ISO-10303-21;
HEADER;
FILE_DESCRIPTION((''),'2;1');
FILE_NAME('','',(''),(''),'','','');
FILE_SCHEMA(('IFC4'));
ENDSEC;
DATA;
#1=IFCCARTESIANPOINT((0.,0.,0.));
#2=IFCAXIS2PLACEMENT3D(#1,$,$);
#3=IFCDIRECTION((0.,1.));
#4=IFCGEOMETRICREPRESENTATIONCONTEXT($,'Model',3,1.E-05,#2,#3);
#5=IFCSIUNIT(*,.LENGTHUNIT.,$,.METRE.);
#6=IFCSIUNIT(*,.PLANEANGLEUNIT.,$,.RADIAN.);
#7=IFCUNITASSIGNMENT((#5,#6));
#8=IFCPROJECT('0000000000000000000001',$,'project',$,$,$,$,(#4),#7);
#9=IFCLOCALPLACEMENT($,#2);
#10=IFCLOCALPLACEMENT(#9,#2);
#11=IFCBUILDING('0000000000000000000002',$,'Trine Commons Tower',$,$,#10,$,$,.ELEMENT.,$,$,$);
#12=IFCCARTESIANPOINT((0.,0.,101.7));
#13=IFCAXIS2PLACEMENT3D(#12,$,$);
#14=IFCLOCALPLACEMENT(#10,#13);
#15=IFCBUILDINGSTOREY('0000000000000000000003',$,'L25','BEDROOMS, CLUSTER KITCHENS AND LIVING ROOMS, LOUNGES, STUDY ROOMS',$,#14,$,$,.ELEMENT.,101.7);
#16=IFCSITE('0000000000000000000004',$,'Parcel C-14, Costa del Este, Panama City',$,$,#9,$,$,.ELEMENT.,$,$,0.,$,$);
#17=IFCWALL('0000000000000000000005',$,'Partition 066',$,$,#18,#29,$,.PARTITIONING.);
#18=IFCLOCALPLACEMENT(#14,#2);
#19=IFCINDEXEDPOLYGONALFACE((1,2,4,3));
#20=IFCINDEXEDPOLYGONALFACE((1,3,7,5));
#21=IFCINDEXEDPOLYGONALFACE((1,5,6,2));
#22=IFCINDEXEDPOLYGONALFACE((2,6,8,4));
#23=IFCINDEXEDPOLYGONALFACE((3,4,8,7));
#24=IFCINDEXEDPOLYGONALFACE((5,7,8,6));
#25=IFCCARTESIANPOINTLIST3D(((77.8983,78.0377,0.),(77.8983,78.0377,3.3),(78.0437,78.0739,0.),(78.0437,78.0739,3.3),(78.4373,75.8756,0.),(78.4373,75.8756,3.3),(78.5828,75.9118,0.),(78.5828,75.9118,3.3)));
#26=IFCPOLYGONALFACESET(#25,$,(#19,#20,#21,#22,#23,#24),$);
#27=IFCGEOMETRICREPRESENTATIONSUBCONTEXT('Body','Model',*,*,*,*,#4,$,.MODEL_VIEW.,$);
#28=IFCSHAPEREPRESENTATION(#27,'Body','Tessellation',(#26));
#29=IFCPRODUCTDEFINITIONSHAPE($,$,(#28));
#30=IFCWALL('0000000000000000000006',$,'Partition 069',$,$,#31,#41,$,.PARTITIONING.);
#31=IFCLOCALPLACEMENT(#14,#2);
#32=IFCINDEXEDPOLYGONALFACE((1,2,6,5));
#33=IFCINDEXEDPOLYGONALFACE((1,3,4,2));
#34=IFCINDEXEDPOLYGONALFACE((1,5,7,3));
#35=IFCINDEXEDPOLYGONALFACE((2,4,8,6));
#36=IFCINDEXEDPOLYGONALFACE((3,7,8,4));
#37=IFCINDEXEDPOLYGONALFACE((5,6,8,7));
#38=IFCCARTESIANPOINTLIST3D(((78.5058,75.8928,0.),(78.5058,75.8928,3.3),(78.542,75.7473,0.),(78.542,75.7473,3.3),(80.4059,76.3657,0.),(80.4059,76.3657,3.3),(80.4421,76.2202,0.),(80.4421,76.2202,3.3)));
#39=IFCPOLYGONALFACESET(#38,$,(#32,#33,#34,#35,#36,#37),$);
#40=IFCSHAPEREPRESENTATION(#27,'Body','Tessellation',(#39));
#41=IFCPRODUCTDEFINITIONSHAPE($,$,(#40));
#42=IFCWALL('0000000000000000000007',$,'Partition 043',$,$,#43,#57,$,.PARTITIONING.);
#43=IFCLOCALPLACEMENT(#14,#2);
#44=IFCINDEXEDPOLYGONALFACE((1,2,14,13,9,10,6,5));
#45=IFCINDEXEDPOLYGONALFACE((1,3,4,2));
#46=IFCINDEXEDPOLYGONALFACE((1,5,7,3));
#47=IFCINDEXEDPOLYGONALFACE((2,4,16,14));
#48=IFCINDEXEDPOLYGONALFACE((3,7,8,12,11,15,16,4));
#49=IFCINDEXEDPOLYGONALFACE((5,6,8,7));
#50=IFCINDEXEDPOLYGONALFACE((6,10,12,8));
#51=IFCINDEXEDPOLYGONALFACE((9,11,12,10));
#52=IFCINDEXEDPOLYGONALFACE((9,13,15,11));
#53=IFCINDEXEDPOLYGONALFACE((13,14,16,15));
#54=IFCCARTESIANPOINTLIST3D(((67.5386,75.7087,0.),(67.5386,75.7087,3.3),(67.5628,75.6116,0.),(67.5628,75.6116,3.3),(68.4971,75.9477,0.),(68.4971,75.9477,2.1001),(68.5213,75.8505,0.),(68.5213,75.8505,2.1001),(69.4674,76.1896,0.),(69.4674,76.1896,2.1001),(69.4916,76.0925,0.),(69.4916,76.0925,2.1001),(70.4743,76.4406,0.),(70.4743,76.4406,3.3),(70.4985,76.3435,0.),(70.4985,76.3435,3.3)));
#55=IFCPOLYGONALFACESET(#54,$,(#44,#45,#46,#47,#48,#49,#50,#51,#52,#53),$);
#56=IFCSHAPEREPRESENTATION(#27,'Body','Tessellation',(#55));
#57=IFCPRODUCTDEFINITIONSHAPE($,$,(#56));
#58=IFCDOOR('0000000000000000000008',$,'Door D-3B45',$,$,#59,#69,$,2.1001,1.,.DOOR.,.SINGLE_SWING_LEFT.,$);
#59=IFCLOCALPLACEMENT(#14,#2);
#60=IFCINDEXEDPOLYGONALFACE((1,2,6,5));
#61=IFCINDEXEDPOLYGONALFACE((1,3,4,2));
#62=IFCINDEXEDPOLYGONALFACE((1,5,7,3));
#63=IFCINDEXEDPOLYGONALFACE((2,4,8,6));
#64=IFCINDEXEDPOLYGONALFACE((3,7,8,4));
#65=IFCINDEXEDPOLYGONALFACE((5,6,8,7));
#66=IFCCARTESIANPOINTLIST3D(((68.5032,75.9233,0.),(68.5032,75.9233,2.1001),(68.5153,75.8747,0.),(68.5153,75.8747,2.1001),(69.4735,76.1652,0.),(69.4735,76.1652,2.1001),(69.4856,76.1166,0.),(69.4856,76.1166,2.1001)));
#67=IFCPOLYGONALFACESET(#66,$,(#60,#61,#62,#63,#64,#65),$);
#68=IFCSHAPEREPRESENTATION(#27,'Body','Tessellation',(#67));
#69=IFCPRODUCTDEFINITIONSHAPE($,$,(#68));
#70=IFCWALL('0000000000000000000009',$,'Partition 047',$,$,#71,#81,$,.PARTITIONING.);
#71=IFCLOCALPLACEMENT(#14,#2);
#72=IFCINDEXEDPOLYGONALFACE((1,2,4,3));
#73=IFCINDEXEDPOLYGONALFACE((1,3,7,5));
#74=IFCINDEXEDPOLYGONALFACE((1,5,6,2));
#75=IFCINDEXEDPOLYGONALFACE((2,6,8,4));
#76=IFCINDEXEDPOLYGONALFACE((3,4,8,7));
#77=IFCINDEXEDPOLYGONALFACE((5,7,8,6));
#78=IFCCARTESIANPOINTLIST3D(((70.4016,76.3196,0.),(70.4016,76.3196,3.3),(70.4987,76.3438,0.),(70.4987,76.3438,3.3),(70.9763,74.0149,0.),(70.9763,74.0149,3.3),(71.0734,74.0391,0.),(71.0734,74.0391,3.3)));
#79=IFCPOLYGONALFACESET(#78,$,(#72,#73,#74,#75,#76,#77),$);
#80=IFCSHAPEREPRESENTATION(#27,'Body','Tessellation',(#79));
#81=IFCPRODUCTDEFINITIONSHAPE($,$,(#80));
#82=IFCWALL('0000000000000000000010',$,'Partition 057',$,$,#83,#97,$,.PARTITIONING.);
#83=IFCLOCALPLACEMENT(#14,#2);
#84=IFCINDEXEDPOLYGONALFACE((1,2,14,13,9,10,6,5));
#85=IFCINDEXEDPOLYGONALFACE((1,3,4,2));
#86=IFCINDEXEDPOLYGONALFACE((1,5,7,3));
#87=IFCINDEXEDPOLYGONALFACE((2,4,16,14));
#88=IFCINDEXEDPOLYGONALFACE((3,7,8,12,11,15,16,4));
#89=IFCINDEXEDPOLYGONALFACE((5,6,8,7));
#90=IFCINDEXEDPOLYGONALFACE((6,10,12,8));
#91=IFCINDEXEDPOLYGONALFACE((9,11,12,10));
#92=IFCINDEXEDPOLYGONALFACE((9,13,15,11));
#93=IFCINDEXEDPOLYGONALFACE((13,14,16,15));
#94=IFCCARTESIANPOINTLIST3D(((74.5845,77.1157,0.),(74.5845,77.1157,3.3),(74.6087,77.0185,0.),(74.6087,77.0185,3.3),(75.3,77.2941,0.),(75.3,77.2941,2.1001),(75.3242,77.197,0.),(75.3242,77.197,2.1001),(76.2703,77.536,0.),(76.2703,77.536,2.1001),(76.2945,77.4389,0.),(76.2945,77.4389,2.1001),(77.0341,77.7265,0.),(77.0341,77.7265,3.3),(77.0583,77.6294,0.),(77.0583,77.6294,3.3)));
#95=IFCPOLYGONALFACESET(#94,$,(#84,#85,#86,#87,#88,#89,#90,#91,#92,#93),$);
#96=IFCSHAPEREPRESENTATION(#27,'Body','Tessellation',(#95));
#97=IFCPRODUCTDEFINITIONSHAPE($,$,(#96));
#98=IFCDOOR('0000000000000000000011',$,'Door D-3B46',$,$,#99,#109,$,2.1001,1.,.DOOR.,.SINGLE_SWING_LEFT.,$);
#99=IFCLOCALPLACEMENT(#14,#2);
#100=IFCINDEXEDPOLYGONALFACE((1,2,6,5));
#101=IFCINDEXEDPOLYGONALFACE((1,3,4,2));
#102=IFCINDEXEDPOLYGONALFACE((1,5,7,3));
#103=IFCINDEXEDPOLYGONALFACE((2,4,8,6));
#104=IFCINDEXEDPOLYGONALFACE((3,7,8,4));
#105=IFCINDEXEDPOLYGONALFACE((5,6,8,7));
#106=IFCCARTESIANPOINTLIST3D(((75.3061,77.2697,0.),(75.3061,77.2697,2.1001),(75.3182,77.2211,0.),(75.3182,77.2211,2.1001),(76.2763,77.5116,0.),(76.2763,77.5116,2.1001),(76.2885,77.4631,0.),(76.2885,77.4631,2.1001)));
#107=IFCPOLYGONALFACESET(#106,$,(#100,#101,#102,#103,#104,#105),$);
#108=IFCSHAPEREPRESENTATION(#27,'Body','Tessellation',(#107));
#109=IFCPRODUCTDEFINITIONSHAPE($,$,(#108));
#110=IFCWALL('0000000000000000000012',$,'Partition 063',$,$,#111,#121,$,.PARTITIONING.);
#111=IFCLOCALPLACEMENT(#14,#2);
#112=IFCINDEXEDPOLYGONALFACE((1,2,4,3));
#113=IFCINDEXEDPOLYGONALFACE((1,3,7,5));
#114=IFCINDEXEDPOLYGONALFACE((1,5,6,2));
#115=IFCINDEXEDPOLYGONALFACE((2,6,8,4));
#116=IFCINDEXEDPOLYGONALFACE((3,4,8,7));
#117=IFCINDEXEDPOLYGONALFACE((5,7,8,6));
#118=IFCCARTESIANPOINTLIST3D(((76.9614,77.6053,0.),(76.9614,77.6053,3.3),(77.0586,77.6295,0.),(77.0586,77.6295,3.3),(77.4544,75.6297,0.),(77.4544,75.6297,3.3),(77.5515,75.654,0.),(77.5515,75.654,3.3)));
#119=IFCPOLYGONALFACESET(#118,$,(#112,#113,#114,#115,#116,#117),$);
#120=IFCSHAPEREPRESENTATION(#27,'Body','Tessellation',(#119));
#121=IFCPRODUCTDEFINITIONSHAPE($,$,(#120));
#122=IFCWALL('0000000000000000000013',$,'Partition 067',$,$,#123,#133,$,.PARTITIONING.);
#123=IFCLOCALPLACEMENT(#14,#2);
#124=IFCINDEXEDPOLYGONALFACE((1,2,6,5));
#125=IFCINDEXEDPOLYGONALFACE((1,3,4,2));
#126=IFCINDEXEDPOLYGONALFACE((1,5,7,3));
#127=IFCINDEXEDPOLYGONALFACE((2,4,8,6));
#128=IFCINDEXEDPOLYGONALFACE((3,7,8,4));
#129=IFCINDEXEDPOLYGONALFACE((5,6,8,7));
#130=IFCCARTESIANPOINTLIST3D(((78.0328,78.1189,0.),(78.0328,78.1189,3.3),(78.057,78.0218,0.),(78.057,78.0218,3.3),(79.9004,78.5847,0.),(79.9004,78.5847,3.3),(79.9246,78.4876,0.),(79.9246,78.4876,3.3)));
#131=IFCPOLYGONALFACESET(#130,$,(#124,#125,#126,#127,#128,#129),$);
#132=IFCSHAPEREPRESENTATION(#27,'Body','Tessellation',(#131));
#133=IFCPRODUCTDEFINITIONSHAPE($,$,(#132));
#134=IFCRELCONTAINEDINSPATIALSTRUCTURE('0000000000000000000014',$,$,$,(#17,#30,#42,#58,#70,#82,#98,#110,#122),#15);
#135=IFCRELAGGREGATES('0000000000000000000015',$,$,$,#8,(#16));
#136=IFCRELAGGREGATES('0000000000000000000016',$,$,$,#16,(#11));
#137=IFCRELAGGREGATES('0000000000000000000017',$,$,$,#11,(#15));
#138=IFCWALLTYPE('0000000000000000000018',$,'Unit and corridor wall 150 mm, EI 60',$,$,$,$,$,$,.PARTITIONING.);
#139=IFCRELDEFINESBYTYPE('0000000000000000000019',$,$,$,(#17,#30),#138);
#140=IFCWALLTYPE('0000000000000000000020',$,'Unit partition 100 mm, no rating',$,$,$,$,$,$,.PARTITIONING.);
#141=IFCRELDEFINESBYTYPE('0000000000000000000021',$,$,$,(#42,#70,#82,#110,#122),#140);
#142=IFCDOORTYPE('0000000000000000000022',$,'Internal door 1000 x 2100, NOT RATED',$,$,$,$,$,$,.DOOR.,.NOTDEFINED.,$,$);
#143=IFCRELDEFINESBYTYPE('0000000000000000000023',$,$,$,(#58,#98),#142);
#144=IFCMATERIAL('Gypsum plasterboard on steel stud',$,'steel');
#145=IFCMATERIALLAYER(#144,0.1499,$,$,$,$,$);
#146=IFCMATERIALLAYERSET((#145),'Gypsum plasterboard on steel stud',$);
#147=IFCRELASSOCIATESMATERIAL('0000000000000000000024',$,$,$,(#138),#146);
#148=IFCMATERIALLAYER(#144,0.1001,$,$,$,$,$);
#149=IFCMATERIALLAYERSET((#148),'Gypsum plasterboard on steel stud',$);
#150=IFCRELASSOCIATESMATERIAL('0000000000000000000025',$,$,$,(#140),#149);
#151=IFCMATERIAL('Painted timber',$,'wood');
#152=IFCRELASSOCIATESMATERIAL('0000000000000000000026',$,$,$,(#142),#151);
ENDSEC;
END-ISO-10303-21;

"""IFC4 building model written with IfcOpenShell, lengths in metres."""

from ifc_helpers import new_model, si_unit, direction, frame, frame_2d, origin, place, context, subcontext, project, spatial, rectangle, extrude, material, layer, layer_set, type_object, element, fill, save


model = new_model("IFC4")

# Units and contexts
model_context = context("Model", 3, precision=1e-05, world=origin(), true_north=direction((0.0, 1.0)))
body_context = subcontext(model_context, "Body", "Model", "MODEL_VIEW")
ifc_project = project(units=[si_unit("LENGTHUNIT", "METRE"), si_unit("PLANEANGLEUNIT", "RADIAN")], contexts=[model_context])

# Site, building, storey
site_placement = place(None, origin())
site = spatial("IfcSite", under=ifc_project, at=site_placement, Name="Parcel C-14, Costa del Este, Panama City", CompositionType="ELEMENT", RefElevation=0.0)
building_placement = place(site_placement, origin())
building = spatial("IfcBuilding", under=site, at=building_placement, Name="Trine Commons Tower", CompositionType="ELEMENT")
storey_placement = place(building_placement, frame((0.0, 0.0, 101.7)))
storey = spatial("IfcBuildingStorey", under=building, at=storey_placement, Name="L25", Description="BEDROOMS, CLUSTER KITCHENS AND LIVING ROOMS, LOUNGES, STUDY ROOMS", CompositionType="ELEMENT", Elevation=101.7)

# Shared definitions
ifc_material_1 = material(Name="Gypsum plasterboard on steel stud", Category="steel")
ifc_layer_1 = layer(ifc_material_1, 0.1499)
ifc_layer_set_1 = layer_set([ifc_layer_1], Name="Gypsum plasterboard on steel stud")
wall_type_1 = type_object("IfcWallType", Name="Unit and corridor wall 150 mm, EI 60", PredefinedType="PARTITIONING", material=ifc_layer_set_1)

# Shared definitions
ifc_material_2 = material(Name="Painted timber", Category="wood")

# Walls
wall_1_placement = place(storey_placement, frame((77.9709, 78.0559, 0.0), z_axis=(0.0, 0.0, 1.0), x_axis=(0.241917, -0.970297, 0.0)))
element("IfcWall", 1, at=wall_1_placement, inside=storey, type_object=wall_type_1, Name="Partition 066", PredefinedType="PARTITIONING", context=body_context, shape_type="SweptSolid", body=[
    extrude(rectangle(XDim=2.2283, YDim=0.1499, at=frame_2d((1.1143, 0.0))), origin(), (0.0, 0.0, 1.0), 3.3),
])
wall_2_placement = place(storey_placement, frame((78.5239, 75.8201, 0.0), z_axis=(0.0, 0.0, 1.0), x_axis=(0.970399, 0.241509, 0.0)))
element("IfcWall", 2, at=wall_2_placement, inside=storey, type_object=wall_type_1, Name="Partition 069", PredefinedType="PARTITIONING", context=body_context, shape_type="SweptSolid", body=[
    extrude(rectangle(XDim=1.958, YDim=0.1499, at=frame_2d((0.979, 0.0))), origin(), (0.0, 0.0, 1.0), 3.3),
])

# Wall, opening, door
ifc_layer_2 = layer(ifc_material_1, 0.1001)
ifc_layer_set_2 = layer_set([ifc_layer_2], Name="Gypsum plasterboard on steel stud")
wall_type_2 = type_object("IfcWallType", Name="Unit partition 100 mm, no rating", PredefinedType="PARTITIONING", material=ifc_layer_set_2)
wall_3_placement = place(storey_placement, frame((67.5508, 75.6602, 0.0), z_axis=(0.0, 0.0, 1.0), x_axis=(0.970299, 0.241909, 0.0)))
wall_3 = element("IfcWall", 3, at=wall_3_placement, inside=storey, type_object=wall_type_2, Name="Partition 043", PredefinedType="PARTITIONING", context=body_context, shape_type="SweptSolid", body=[
    extrude(rectangle(XDim=3.0256, YDim=0.1001, at=frame_2d((1.5127, 0.0))), origin(), (0.0, 0.0, 1.0), 3.3),
])
opening_1_placement = place(wall_3_placement, frame((0.9878, 0.0, 0.0)))
opening_1 = element("IfcOpeningElement", 4, at=opening_1_placement, cuts=wall_3, PredefinedType="OPENING", context=body_context, shape_type="SweptSolid", body=[
    extrude(rectangle(XDim=1.0, YDim=2.1001, at=frame_2d((0.5, 1.05))), frame((0.0, 0.0601, 0.0), z_axis=(0.0, -1.0, 0.0), x_axis=(1.0, 0.0, 0.0)), (0.0, 0.0, 1.0), 0.1201),
])
door_type_1 = type_object("IfcDoorType", Name="Internal door 1000 x 2100, NOT RATED", OperationType="NOTDEFINED", PredefinedType="DOOR", material=ifc_material_2)
door_1_placement = place(opening_1_placement, origin())
door_1 = element("IfcDoor", 5, at=door_1_placement, inside=storey, type_object=door_type_1, Name="Door D-3B45", OperationType="SINGLE_SWING_LEFT", OverallHeight=2.1001, OverallWidth=1.0, PredefinedType="DOOR", context=body_context, shape_type="SweptSolid", body=[
    extrude(rectangle(XDim=1.0, YDim=2.1001, at=frame_2d((0.5, 1.05))), frame((0.0, 0.0249, 0.0), z_axis=(0.0, -1.0, 0.0), x_axis=(1.0, 0.0, 0.0)), (0.0, 0.0, 1.0), 0.05),
])
fill(opening_1, door_1)

# Wall
wall_4_placement = place(storey_placement, frame((70.4502, 76.3315, 0.0), z_axis=(0.0, 0.0, 1.0), x_axis=(0.241955, -0.970287, 0.0)))
element("IfcWall", 6, at=wall_4_placement, inside=storey, type_object=wall_type_2, Name="Partition 047", PredefinedType="PARTITIONING", context=body_context, shape_type="SweptSolid", body=[
    extrude(rectangle(XDim=2.3752, YDim=0.1001, at=frame_2d((1.1875, 0.0))), origin(), (0.0, 0.0, 1.0), 3.3),
])

# Wall, opening, door
wall_5_placement = place(storey_placement, frame((74.5967, 77.0671, 0.0), z_axis=(0.0, 0.0, 1.0), x_axis=(0.97029, 0.241944, 0.0)))
wall_5 = element("IfcWall", 7, at=wall_5_placement, inside=storey, type_object=wall_type_2, Name="Partition 057", PredefinedType="PARTITIONING", context=body_context, shape_type="SweptSolid", body=[
    extrude(rectangle(XDim=2.5247, YDim=0.1001, at=frame_2d((1.2622, 0.0))), origin(), (0.0, 0.0, 1.0), 3.3),
])
opening_2_placement = place(wall_5_placement, frame((0.7373, 0.0, 0.0)))
opening_2 = element("IfcOpeningElement", 8, at=opening_2_placement, cuts=wall_5, PredefinedType="OPENING", context=body_context, shape_type="SweptSolid", body=[
    extrude(rectangle(XDim=1.0, YDim=2.1001, at=frame_2d((0.5, 1.05))), frame((0.0, 0.0601, 0.0), z_axis=(0.0, -1.0, 0.0), x_axis=(1.0, 0.0, 0.0)), (0.0, 0.0, 1.0), 0.1201),
])
door_2_placement = place(opening_2_placement, origin())
door_2 = element("IfcDoor", 9, at=door_2_placement, inside=storey, type_object=door_type_1, Name="Door D-3B46", OperationType="SINGLE_SWING_LEFT", OverallHeight=2.1001, OverallWidth=1.0, PredefinedType="DOOR", context=body_context, shape_type="SweptSolid", body=[
    extrude(rectangle(XDim=1.0, YDim=2.1001, at=frame_2d((0.5, 1.05))), frame((0.0, 0.0249, 0.0), z_axis=(0.0, -1.0, 0.0), x_axis=(1.0, 0.0, 0.0)), (0.0, 0.0, 1.0), 0.05),
])
fill(opening_2, door_2)

# Walls
wall_6_placement = place(storey_placement, frame((77.01, 77.6174, 0.0), z_axis=(0.0, 0.0, 1.0), x_axis=(0.242084, -0.970255, 0.0)))
element("IfcWall", 10, at=wall_6_placement, inside=storey, type_object=wall_type_2, Name="Partition 063", PredefinedType="PARTITIONING", context=body_context, shape_type="SweptSolid", body=[
    extrude(rectangle(XDim=2.0361, YDim=0.1001, at=frame_2d((1.0181, 0.0))), origin(), (0.0, 0.0, 1.0), 3.3),
])
wall_7_placement = place(storey_placement, frame((78.0449, 78.0703, 0.0), z_axis=(0.0, 0.0, 1.0), x_axis=(0.970277, 0.241998, 0.0)))
element("IfcWall", 11, at=wall_7_placement, inside=storey, type_object=wall_type_2, Name="Partition 067", PredefinedType="PARTITIONING", context=body_context, shape_type="SweptSolid", body=[
    extrude(rectangle(XDim=1.9248, YDim=0.1001, at=frame_2d((0.9624, 0.0))), origin(), (0.0, 0.0, 1.0), 3.3),
])

save(model, "model.ifc")
